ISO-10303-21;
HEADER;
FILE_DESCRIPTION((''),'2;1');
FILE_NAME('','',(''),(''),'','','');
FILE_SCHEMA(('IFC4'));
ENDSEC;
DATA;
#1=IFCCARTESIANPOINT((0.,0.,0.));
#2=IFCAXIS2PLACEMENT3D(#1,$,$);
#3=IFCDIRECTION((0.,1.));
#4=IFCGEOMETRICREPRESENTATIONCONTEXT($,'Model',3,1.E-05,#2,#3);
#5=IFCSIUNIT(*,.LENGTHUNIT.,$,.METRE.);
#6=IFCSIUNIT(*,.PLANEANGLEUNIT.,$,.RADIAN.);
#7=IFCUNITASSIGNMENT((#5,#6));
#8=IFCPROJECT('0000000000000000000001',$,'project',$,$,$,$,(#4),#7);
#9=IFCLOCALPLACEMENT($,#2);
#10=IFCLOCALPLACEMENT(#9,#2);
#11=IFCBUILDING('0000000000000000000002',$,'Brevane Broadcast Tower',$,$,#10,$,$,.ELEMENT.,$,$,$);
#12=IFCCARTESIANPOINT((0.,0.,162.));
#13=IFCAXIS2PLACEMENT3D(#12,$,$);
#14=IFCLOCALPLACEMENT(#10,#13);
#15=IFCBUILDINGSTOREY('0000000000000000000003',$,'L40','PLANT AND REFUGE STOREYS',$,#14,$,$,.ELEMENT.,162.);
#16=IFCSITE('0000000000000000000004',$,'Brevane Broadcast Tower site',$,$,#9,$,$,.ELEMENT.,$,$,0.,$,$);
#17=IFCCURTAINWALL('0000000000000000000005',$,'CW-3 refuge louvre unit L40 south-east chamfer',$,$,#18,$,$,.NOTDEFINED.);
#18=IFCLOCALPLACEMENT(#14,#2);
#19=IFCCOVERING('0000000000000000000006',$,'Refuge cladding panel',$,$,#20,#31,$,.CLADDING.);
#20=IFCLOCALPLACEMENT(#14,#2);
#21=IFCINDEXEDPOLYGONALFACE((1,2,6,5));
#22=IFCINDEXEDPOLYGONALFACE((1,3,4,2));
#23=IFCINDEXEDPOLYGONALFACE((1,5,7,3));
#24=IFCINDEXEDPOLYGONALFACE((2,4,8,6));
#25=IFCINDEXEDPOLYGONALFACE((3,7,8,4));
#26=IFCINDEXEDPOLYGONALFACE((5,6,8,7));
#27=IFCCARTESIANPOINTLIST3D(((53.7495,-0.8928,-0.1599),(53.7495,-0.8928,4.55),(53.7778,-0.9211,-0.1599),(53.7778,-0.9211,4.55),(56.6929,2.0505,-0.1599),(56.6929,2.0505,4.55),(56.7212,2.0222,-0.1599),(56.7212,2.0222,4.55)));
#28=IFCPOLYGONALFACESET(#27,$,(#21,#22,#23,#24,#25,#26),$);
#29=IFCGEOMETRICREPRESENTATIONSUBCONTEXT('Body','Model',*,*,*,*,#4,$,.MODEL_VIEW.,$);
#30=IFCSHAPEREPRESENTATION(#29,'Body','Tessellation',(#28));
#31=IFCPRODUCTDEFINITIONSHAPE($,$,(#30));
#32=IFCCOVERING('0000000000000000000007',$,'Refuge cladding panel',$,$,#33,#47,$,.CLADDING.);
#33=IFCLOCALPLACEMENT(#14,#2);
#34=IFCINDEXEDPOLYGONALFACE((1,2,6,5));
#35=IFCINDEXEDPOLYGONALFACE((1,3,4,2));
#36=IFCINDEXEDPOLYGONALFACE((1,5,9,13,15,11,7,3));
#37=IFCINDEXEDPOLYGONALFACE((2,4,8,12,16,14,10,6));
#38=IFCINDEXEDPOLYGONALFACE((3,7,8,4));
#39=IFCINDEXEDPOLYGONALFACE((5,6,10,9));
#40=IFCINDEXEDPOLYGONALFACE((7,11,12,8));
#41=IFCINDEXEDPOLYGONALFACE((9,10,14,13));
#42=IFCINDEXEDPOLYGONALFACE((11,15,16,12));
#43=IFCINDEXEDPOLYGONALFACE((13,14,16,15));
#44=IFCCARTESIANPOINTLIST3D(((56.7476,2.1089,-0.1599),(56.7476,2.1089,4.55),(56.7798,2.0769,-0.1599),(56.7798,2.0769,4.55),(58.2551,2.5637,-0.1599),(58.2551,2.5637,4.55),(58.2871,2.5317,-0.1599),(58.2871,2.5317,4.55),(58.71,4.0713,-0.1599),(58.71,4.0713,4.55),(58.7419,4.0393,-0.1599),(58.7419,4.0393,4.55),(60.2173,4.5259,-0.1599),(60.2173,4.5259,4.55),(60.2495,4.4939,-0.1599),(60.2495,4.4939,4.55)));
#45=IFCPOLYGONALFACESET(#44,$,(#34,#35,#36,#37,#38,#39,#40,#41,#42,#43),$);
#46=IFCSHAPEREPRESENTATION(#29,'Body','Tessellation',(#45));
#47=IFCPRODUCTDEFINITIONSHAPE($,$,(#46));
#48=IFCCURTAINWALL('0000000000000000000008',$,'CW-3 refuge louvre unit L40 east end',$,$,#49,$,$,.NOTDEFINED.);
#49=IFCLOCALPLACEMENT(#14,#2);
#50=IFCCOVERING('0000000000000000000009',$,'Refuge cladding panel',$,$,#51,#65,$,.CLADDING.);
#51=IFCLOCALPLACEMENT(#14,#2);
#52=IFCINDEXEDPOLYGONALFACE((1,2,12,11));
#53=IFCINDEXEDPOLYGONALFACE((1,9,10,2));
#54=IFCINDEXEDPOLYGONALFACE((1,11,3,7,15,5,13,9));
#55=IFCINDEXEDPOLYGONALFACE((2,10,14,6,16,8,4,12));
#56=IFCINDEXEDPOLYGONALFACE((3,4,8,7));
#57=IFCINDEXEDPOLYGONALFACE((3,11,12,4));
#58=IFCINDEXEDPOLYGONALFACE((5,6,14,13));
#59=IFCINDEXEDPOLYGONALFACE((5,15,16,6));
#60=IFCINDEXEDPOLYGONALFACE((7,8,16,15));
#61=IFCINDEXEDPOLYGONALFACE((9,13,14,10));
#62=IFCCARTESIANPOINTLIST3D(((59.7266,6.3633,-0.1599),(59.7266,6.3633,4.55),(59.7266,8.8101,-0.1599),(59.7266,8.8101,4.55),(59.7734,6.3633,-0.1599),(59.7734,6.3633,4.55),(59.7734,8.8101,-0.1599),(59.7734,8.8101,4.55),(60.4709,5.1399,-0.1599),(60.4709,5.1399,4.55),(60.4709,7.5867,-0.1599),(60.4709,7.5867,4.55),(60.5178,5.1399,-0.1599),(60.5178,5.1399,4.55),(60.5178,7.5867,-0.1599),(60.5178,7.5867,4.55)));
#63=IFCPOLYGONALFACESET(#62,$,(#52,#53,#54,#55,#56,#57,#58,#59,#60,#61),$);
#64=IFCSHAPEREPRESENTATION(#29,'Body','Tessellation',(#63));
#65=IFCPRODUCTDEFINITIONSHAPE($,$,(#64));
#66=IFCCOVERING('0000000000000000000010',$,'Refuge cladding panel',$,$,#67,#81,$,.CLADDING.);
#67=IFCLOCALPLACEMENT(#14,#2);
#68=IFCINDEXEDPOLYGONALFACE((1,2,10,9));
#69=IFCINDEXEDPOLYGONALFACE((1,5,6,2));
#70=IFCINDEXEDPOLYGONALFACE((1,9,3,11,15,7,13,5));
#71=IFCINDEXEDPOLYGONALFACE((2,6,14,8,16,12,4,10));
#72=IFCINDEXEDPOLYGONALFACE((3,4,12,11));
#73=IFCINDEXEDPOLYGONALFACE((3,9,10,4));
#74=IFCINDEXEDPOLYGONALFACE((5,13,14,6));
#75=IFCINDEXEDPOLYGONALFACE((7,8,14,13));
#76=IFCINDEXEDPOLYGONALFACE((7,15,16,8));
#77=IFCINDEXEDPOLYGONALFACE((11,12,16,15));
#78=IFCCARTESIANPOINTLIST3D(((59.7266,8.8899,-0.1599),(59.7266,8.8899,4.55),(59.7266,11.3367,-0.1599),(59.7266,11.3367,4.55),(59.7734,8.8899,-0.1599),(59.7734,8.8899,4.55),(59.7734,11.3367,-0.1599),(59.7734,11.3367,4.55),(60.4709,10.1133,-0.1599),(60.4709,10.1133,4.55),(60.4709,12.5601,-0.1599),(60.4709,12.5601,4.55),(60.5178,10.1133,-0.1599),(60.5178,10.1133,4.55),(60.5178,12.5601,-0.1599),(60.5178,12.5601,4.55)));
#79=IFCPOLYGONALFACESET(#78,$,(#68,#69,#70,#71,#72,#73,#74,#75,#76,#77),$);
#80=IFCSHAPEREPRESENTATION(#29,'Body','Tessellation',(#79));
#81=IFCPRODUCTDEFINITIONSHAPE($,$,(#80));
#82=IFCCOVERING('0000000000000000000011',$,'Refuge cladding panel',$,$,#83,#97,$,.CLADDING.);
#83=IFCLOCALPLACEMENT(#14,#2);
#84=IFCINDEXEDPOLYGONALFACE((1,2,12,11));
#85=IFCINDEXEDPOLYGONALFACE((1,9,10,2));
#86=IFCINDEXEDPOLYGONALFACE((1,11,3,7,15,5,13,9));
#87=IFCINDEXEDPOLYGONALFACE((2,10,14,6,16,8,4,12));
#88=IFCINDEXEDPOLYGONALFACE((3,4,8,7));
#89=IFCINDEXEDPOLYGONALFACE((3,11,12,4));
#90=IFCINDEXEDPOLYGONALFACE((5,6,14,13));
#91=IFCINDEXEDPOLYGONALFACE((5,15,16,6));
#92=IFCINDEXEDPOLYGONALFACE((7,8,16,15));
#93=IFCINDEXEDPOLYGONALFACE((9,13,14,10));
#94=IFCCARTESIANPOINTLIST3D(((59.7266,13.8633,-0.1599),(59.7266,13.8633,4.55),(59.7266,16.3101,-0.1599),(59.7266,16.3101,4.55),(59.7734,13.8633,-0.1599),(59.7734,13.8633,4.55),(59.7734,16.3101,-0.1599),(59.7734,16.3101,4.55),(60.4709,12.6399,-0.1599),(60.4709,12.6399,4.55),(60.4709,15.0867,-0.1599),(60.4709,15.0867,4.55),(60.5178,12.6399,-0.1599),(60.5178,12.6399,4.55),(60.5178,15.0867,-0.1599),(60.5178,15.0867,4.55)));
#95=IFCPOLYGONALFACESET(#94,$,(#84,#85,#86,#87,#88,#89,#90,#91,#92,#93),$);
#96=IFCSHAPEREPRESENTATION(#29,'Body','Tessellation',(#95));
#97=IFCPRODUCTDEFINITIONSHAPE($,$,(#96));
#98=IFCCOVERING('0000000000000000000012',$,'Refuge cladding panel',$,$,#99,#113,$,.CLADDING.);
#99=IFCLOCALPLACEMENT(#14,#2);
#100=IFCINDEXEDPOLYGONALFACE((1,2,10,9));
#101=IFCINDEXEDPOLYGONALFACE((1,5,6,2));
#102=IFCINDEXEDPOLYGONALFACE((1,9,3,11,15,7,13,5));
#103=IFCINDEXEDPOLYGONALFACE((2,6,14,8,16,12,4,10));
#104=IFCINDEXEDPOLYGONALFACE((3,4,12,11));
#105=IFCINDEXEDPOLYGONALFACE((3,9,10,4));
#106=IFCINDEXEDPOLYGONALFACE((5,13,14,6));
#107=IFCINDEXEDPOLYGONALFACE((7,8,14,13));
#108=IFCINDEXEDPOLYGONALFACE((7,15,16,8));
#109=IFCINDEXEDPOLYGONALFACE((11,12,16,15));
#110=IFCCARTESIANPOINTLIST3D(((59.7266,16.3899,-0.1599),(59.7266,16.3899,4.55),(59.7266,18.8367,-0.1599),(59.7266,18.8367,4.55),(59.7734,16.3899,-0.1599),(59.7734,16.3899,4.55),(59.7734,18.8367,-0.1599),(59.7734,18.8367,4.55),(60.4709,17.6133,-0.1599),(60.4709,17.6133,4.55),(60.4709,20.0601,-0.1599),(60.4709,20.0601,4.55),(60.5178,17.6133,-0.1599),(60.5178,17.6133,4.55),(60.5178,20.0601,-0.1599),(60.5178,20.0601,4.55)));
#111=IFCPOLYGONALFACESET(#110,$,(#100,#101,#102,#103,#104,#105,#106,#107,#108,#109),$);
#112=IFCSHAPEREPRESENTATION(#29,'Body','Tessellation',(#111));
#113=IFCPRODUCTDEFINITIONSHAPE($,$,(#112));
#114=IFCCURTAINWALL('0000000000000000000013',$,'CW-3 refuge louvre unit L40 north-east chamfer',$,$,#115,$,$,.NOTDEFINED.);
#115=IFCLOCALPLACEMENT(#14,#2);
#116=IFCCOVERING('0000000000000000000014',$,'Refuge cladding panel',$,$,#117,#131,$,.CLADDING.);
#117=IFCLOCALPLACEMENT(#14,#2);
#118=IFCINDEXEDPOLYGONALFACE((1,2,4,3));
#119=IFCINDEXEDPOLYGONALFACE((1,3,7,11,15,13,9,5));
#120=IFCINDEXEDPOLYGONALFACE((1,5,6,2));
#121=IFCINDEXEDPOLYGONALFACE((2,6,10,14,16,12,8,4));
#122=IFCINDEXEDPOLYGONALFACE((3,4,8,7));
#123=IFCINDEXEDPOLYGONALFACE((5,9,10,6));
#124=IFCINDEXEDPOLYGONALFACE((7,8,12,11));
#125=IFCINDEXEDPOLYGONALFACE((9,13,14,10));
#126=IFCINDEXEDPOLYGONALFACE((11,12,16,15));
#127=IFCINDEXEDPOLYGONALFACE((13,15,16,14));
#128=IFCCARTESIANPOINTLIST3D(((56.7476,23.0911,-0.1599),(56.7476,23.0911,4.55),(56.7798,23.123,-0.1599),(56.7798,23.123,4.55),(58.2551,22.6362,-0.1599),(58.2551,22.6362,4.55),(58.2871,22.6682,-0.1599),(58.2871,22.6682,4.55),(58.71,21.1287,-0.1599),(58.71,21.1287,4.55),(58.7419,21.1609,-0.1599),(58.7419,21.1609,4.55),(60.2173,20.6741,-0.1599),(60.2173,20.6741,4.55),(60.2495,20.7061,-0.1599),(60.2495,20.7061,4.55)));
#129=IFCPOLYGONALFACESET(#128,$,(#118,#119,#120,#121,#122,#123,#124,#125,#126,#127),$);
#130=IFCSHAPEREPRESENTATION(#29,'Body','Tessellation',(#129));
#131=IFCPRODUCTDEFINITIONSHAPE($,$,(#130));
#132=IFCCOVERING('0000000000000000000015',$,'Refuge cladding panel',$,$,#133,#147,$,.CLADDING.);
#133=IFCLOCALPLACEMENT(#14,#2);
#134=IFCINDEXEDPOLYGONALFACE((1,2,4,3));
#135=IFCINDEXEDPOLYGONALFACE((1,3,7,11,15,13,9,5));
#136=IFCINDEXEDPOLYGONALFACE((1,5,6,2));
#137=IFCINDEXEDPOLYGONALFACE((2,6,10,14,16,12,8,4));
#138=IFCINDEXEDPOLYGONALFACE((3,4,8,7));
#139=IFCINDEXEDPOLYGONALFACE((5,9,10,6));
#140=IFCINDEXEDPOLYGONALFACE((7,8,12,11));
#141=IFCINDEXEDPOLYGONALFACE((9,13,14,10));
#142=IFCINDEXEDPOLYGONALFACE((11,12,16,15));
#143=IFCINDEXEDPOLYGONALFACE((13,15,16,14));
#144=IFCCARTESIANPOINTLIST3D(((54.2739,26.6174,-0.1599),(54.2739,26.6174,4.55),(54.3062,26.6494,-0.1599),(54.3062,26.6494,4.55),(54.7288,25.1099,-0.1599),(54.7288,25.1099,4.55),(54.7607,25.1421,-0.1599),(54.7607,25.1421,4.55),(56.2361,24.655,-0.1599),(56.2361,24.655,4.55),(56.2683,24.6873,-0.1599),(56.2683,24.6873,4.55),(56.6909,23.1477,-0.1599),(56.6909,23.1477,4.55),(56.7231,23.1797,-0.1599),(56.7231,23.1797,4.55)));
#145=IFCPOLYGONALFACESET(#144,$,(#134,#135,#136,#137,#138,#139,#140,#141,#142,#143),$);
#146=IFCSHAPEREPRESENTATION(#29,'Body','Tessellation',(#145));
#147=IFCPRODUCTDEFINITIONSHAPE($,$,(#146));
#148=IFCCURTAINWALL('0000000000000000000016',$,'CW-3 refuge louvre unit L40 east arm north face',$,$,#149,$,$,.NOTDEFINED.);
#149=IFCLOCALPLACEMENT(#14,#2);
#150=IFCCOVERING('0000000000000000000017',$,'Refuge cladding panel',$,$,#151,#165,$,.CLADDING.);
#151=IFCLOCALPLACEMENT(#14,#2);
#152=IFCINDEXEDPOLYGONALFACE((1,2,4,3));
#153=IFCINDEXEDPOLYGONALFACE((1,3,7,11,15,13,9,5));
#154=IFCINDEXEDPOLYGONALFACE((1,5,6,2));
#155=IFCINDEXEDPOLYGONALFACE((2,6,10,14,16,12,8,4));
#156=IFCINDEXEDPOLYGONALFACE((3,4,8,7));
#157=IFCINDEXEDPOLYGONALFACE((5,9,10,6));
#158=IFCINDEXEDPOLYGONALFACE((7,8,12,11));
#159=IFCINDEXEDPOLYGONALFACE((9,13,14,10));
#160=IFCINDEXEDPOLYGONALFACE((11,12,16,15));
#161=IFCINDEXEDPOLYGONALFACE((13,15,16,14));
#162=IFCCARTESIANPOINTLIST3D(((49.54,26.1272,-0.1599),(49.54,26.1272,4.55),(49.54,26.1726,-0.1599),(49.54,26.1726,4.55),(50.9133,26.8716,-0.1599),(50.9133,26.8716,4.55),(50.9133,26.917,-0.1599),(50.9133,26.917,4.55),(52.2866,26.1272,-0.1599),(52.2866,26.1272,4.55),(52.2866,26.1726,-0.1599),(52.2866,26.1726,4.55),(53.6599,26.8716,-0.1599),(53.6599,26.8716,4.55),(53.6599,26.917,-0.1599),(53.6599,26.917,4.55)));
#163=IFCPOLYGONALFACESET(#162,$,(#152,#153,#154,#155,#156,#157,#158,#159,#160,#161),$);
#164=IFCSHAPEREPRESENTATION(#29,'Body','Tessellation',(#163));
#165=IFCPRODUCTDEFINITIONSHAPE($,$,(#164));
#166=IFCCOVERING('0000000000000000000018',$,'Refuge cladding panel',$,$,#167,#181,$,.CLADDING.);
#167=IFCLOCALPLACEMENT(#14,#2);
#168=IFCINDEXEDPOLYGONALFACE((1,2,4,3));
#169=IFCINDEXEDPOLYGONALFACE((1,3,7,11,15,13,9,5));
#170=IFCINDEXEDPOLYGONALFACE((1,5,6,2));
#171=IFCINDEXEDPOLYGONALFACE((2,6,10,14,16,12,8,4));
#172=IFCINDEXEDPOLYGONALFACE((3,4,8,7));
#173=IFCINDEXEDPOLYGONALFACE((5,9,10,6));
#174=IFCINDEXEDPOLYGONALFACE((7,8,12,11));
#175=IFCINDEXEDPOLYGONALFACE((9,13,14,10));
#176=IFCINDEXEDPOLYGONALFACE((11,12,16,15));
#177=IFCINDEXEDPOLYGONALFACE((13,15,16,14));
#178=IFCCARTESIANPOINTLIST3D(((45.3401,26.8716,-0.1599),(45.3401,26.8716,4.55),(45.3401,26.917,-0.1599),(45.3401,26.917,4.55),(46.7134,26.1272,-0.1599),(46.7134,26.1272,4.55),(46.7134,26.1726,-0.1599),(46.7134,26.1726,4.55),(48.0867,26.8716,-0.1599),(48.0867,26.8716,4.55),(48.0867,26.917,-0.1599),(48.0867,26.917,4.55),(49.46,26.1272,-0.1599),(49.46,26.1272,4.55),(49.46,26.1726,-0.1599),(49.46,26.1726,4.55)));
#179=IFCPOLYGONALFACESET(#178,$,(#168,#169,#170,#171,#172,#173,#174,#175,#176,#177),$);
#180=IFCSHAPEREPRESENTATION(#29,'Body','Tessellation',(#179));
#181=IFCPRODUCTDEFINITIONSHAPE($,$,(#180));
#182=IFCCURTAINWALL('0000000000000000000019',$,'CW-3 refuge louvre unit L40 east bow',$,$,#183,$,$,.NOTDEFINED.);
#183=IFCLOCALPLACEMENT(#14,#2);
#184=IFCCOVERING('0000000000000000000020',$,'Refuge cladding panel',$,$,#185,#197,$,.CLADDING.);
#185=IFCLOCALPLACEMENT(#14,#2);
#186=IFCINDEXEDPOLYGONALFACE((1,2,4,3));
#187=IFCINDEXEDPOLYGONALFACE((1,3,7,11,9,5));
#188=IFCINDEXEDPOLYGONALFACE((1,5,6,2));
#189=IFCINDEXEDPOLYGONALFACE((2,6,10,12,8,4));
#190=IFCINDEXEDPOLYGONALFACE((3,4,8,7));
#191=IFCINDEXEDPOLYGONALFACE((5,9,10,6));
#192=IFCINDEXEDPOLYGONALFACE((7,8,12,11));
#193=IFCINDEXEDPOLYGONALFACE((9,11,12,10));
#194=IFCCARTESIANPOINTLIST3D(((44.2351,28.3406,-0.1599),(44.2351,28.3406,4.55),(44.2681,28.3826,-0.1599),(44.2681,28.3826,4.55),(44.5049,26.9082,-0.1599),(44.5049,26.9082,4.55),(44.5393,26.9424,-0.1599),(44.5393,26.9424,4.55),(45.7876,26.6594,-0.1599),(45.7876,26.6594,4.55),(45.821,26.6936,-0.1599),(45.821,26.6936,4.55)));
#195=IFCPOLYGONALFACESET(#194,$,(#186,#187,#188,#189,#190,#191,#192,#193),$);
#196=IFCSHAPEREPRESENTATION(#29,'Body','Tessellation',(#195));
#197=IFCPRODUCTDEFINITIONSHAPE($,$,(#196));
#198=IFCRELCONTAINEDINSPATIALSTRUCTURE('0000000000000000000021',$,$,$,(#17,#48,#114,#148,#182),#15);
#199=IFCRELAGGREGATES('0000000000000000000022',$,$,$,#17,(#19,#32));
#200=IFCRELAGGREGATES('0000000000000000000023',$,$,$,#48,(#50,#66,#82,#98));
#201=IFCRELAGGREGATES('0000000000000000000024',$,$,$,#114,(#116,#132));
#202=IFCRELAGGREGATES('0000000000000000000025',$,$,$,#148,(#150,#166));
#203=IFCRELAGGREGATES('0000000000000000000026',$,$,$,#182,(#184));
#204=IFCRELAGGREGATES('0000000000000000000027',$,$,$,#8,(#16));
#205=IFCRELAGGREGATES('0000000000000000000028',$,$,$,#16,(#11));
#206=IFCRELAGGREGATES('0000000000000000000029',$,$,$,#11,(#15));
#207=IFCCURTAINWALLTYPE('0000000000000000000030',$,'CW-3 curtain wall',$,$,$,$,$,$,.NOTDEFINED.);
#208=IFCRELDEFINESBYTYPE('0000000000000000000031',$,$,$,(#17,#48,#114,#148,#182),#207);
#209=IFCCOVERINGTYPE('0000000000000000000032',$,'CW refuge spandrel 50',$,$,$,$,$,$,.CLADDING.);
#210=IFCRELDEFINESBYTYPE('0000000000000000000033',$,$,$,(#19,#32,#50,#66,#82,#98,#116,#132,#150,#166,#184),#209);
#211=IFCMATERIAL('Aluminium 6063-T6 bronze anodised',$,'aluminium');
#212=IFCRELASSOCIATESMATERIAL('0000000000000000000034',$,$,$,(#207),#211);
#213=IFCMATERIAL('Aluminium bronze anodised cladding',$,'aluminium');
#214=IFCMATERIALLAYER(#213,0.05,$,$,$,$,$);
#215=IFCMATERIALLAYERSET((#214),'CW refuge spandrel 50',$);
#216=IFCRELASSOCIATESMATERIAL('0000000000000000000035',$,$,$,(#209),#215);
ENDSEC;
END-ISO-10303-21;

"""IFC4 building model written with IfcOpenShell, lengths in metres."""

from ifc_helpers import new_model, si_unit, direction, frame, origin, place, context, subcontext, project, spatial, polyline, outline, extrude, material, layer, layer_set, type_object, element, aggregate, save


model = new_model("IFC4")

# Units and contexts
model_context = context("Model", 3, precision=1e-05, world=origin(), true_north=direction((0.0, 1.0)))
body_context = subcontext(model_context, "Body", "Model", "MODEL_VIEW")
ifc_project = project(units=[si_unit("LENGTHUNIT", "METRE"), si_unit("PLANEANGLEUNIT", "RADIAN")], contexts=[model_context])

# Site, building, storey
site_placement = place(None, origin())
site = spatial("IfcSite", under=ifc_project, at=site_placement, Name="Brevane Broadcast Tower site", CompositionType="ELEMENT", RefElevation=0.0)
building_placement = place(site_placement, origin())
building = spatial("IfcBuilding", under=site, at=building_placement, Name="Brevane Broadcast Tower", CompositionType="ELEMENT")
storey_placement = place(building_placement, frame((0.0, 0.0, 162.0)))
storey = spatial("IfcBuildingStorey", under=building, at=storey_placement, Name="L40", Description="PLANT AND REFUGE STOREYS", CompositionType="ELEMENT", Elevation=162.0)

# Curtain walls, coverings
ifc_material_1 = material(Name="Aluminium 6063-T6 bronze anodised", Category="aluminium")
curtain_wall_type = type_object("IfcCurtainWallType", Name="CW-3 curtain wall", PredefinedType="NOTDEFINED", material=ifc_material_1)
ifc_material_2 = material(Name="Aluminium bronze anodised cladding", Category="aluminium")
ifc_layer = layer(ifc_material_2, 0.05)
ifc_layer_set = layer_set([ifc_layer], Name="CW refuge spandrel 50")
covering_type = type_object("IfcCoveringType", Name="CW refuge spandrel 50", PredefinedType="CLADDING", material=ifc_layer_set)
curtain_wall_1_placement = place(storey_placement, origin())
curtain_wall_1 = element("IfcCurtainWall", 1, at=curtain_wall_1_placement, inside=storey, type_object=curtain_wall_type, Name="CW-3 refuge louvre unit L40 south-east chamfer", PredefinedType="NOTDEFINED")
covering_1_placement = place(storey_placement, frame((0.0, 0.0, -0.1599)))
covering_1 = element("IfcCovering", 2, at=covering_1_placement, type_object=covering_type, Name="Refuge cladding panel", PredefinedType="CLADDING", context=body_context, shape_type="SweptSolid", body=[
    extrude(outline(polyline([(53.7495, -0.8928), (56.6929, 2.0505), (56.7212, 2.0222), (53.7778, -0.9211), (53.7495, -0.8928)])), origin(), (0.0, 0.0, 1.0), 4.71),
])
covering_2_placement = place(storey_placement, frame((0.0, 0.0, -0.1599)))
covering_2 = element("IfcCovering", 3, at=covering_2_placement, type_object=covering_type, Name="Refuge cladding panel", PredefinedType="CLADDING", context=body_context, shape_type="SweptSolid", body=[
    extrude(outline(polyline([(56.7476, 2.1089), (56.7798, 2.0769), (58.2871, 2.5317), (58.7419, 4.0393), (60.2495, 4.4939), (60.2173, 4.5259), (58.71, 4.0713), (58.2551, 2.5637), (56.7476, 2.1089)])), origin(), (0.0, 0.0, 1.0), 4.71),
])
aggregate(curtain_wall_1, [covering_1, covering_2])
curtain_wall_2_placement = place(storey_placement, origin())
curtain_wall_2 = element("IfcCurtainWall", 4, at=curtain_wall_2_placement, inside=storey, type_object=curtain_wall_type, Name="CW-3 refuge louvre unit L40 east end", PredefinedType="NOTDEFINED")
covering_3_placement = place(storey_placement, frame((0.0, 0.0, -0.1599)))
covering_3 = element("IfcCovering", 5, at=covering_3_placement, type_object=covering_type, Name="Refuge cladding panel", PredefinedType="CLADDING", context=body_context, shape_type="SweptSolid", body=[
    extrude(outline(polyline([(60.4709, 5.1399), (60.5178, 5.1399), (59.7734, 6.3633), (60.5178, 7.5867), (59.7734, 8.8101), (59.7266, 8.8101), (60.4709, 7.5867), (59.7266, 6.3633), (60.4709, 5.1399)])), origin(), (0.0, 0.0, 1.0), 4.71),
])
covering_4_placement = place(storey_placement, frame((0.0, 0.0, -0.1599)))
covering_4 = element("IfcCovering", 6, at=covering_4_placement, type_object=covering_type, Name="Refuge cladding panel", PredefinedType="CLADDING", context=body_context, shape_type="SweptSolid", body=[
    extrude(outline(polyline([(59.7266, 8.8899), (59.7734, 8.8899), (60.5178, 10.1133), (59.7734, 11.3367), (60.5178, 12.5601), (60.4709, 12.5601), (59.7266, 11.3367), (60.4709, 10.1133), (59.7266, 8.8899)])), origin(), (0.0, 0.0, 1.0), 4.71),
])
covering_5_placement = place(storey_placement, frame((0.0, 0.0, -0.1599)))
covering_5 = element("IfcCovering", 7, at=covering_5_placement, type_object=covering_type, Name="Refuge cladding panel", PredefinedType="CLADDING", context=body_context, shape_type="SweptSolid", body=[
    extrude(outline(polyline([(60.4709, 12.6399), (60.5178, 12.6399), (59.7734, 13.8633), (60.5178, 15.0867), (59.7734, 16.3101), (59.7266, 16.3101), (60.4709, 15.0867), (59.7266, 13.8633), (60.4709, 12.6399)])), origin(), (0.0, 0.0, 1.0), 4.71),
])
covering_6_placement = place(storey_placement, frame((0.0, 0.0, -0.1599)))
covering_6 = element("IfcCovering", 8, at=covering_6_placement, type_object=covering_type, Name="Refuge cladding panel", PredefinedType="CLADDING", context=body_context, shape_type="SweptSolid", body=[
    extrude(outline(polyline([(59.7266, 16.3899), (59.7734, 16.3899), (60.5178, 17.6133), (59.7734, 18.8367), (60.5178, 20.0601), (60.4709, 20.0601), (59.7266, 18.8367), (60.4709, 17.6133), (59.7266, 16.3899)])), origin(), (0.0, 0.0, 1.0), 4.71),
])
aggregate(curtain_wall_2, [covering_3, covering_4, covering_5, covering_6])
curtain_wall_3_placement = place(storey_placement, origin())
curtain_wall_3 = element("IfcCurtainWall", 9, at=curtain_wall_3_placement, inside=storey, type_object=curtain_wall_type, Name="CW-3 refuge louvre unit L40 north-east chamfer", PredefinedType="NOTDEFINED")
covering_7_placement = place(storey_placement, frame((0.0, 0.0, -0.1599)))
covering_7 = element("IfcCovering", 10, at=covering_7_placement, type_object=covering_type, Name="Refuge cladding panel", PredefinedType="CLADDING", context=body_context, shape_type="SweptSolid", body=[
    extrude(outline(polyline([(60.2173, 20.6741), (60.2495, 20.7061), (58.7419, 21.1609), (58.2871, 22.6682), (56.7798, 23.123), (56.7476, 23.0911), (58.2551, 22.6362), (58.71, 21.1287), (60.2173, 20.6741)])), origin(), (0.0, 0.0, 1.0), 4.71),
])
covering_8_placement = place(storey_placement, frame((0.0, 0.0, -0.1599)))
covering_8 = element("IfcCovering", 11, at=covering_8_placement, type_object=covering_type, Name="Refuge cladding panel", PredefinedType="CLADDING", context=body_context, shape_type="SweptSolid", body=[
    extrude(outline(polyline([(56.6909, 23.1477), (56.7231, 23.1797), (56.2683, 24.6873), (54.7607, 25.1421), (54.3062, 26.6494), (54.2739, 26.6174), (54.7288, 25.1099), (56.2361, 24.655), (56.6909, 23.1477)])), origin(), (0.0, 0.0, 1.0), 4.71),
])
aggregate(curtain_wall_3, [covering_7, covering_8])
curtain_wall_4_placement = place(storey_placement, origin())
curtain_wall_4 = element("IfcCurtainWall", 12, at=curtain_wall_4_placement, inside=storey, type_object=curtain_wall_type, Name="CW-3 refuge louvre unit L40 east arm north face", PredefinedType="NOTDEFINED")
covering_9_placement = place(storey_placement, frame((0.0, 0.0, -0.1599)))
covering_9 = element("IfcCovering", 13, at=covering_9_placement, type_object=covering_type, Name="Refuge cladding panel", PredefinedType="CLADDING", context=body_context, shape_type="SweptSolid", body=[
    extrude(outline(polyline([(53.6599, 26.8716), (53.6599, 26.917), (52.2866, 26.1726), (50.9133, 26.917), (49.54, 26.1726), (49.54, 26.1272), (50.9133, 26.8716), (52.2866, 26.1272), (53.6599, 26.8716)])), origin(), (0.0, 0.0, 1.0), 4.71),
])
covering_10_placement = place(storey_placement, frame((0.0, 0.0, -0.1599)))
covering_10 = element("IfcCovering", 14, at=covering_10_placement, type_object=covering_type, Name="Refuge cladding panel", PredefinedType="CLADDING", context=body_context, shape_type="SweptSolid", body=[
    extrude(outline(polyline([(49.46, 26.1272), (49.46, 26.1726), (48.0867, 26.917), (46.7134, 26.1726), (45.3401, 26.917), (45.3401, 26.8716), (46.7134, 26.1272), (48.0867, 26.8716), (49.46, 26.1272)])), origin(), (0.0, 0.0, 1.0), 4.71),
])
aggregate(curtain_wall_4, [covering_9, covering_10])
curtain_wall_5_placement = place(storey_placement, origin())
curtain_wall_5 = element("IfcCurtainWall", 15, at=curtain_wall_5_placement, inside=storey, type_object=curtain_wall_type, Name="CW-3 refuge louvre unit L40 east bow", PredefinedType="NOTDEFINED")
covering_11_placement = place(storey_placement, frame((0.0, 0.0, -0.1599)))
covering_11 = element("IfcCovering", 16, at=covering_11_placement, type_object=covering_type, Name="Refuge cladding panel", PredefinedType="CLADDING", context=body_context, shape_type="SweptSolid", body=[
    extrude(outline(polyline([(45.7876, 26.6594), (45.821, 26.6936), (44.5393, 26.9424), (44.2681, 28.3826), (44.2351, 28.3406), (44.5049, 26.9082), (45.7876, 26.6594)])), origin(), (0.0, 0.0, 1.0), 4.71),
])
aggregate(curtain_wall_5, [covering_11])

save(model, "model.ifc")
